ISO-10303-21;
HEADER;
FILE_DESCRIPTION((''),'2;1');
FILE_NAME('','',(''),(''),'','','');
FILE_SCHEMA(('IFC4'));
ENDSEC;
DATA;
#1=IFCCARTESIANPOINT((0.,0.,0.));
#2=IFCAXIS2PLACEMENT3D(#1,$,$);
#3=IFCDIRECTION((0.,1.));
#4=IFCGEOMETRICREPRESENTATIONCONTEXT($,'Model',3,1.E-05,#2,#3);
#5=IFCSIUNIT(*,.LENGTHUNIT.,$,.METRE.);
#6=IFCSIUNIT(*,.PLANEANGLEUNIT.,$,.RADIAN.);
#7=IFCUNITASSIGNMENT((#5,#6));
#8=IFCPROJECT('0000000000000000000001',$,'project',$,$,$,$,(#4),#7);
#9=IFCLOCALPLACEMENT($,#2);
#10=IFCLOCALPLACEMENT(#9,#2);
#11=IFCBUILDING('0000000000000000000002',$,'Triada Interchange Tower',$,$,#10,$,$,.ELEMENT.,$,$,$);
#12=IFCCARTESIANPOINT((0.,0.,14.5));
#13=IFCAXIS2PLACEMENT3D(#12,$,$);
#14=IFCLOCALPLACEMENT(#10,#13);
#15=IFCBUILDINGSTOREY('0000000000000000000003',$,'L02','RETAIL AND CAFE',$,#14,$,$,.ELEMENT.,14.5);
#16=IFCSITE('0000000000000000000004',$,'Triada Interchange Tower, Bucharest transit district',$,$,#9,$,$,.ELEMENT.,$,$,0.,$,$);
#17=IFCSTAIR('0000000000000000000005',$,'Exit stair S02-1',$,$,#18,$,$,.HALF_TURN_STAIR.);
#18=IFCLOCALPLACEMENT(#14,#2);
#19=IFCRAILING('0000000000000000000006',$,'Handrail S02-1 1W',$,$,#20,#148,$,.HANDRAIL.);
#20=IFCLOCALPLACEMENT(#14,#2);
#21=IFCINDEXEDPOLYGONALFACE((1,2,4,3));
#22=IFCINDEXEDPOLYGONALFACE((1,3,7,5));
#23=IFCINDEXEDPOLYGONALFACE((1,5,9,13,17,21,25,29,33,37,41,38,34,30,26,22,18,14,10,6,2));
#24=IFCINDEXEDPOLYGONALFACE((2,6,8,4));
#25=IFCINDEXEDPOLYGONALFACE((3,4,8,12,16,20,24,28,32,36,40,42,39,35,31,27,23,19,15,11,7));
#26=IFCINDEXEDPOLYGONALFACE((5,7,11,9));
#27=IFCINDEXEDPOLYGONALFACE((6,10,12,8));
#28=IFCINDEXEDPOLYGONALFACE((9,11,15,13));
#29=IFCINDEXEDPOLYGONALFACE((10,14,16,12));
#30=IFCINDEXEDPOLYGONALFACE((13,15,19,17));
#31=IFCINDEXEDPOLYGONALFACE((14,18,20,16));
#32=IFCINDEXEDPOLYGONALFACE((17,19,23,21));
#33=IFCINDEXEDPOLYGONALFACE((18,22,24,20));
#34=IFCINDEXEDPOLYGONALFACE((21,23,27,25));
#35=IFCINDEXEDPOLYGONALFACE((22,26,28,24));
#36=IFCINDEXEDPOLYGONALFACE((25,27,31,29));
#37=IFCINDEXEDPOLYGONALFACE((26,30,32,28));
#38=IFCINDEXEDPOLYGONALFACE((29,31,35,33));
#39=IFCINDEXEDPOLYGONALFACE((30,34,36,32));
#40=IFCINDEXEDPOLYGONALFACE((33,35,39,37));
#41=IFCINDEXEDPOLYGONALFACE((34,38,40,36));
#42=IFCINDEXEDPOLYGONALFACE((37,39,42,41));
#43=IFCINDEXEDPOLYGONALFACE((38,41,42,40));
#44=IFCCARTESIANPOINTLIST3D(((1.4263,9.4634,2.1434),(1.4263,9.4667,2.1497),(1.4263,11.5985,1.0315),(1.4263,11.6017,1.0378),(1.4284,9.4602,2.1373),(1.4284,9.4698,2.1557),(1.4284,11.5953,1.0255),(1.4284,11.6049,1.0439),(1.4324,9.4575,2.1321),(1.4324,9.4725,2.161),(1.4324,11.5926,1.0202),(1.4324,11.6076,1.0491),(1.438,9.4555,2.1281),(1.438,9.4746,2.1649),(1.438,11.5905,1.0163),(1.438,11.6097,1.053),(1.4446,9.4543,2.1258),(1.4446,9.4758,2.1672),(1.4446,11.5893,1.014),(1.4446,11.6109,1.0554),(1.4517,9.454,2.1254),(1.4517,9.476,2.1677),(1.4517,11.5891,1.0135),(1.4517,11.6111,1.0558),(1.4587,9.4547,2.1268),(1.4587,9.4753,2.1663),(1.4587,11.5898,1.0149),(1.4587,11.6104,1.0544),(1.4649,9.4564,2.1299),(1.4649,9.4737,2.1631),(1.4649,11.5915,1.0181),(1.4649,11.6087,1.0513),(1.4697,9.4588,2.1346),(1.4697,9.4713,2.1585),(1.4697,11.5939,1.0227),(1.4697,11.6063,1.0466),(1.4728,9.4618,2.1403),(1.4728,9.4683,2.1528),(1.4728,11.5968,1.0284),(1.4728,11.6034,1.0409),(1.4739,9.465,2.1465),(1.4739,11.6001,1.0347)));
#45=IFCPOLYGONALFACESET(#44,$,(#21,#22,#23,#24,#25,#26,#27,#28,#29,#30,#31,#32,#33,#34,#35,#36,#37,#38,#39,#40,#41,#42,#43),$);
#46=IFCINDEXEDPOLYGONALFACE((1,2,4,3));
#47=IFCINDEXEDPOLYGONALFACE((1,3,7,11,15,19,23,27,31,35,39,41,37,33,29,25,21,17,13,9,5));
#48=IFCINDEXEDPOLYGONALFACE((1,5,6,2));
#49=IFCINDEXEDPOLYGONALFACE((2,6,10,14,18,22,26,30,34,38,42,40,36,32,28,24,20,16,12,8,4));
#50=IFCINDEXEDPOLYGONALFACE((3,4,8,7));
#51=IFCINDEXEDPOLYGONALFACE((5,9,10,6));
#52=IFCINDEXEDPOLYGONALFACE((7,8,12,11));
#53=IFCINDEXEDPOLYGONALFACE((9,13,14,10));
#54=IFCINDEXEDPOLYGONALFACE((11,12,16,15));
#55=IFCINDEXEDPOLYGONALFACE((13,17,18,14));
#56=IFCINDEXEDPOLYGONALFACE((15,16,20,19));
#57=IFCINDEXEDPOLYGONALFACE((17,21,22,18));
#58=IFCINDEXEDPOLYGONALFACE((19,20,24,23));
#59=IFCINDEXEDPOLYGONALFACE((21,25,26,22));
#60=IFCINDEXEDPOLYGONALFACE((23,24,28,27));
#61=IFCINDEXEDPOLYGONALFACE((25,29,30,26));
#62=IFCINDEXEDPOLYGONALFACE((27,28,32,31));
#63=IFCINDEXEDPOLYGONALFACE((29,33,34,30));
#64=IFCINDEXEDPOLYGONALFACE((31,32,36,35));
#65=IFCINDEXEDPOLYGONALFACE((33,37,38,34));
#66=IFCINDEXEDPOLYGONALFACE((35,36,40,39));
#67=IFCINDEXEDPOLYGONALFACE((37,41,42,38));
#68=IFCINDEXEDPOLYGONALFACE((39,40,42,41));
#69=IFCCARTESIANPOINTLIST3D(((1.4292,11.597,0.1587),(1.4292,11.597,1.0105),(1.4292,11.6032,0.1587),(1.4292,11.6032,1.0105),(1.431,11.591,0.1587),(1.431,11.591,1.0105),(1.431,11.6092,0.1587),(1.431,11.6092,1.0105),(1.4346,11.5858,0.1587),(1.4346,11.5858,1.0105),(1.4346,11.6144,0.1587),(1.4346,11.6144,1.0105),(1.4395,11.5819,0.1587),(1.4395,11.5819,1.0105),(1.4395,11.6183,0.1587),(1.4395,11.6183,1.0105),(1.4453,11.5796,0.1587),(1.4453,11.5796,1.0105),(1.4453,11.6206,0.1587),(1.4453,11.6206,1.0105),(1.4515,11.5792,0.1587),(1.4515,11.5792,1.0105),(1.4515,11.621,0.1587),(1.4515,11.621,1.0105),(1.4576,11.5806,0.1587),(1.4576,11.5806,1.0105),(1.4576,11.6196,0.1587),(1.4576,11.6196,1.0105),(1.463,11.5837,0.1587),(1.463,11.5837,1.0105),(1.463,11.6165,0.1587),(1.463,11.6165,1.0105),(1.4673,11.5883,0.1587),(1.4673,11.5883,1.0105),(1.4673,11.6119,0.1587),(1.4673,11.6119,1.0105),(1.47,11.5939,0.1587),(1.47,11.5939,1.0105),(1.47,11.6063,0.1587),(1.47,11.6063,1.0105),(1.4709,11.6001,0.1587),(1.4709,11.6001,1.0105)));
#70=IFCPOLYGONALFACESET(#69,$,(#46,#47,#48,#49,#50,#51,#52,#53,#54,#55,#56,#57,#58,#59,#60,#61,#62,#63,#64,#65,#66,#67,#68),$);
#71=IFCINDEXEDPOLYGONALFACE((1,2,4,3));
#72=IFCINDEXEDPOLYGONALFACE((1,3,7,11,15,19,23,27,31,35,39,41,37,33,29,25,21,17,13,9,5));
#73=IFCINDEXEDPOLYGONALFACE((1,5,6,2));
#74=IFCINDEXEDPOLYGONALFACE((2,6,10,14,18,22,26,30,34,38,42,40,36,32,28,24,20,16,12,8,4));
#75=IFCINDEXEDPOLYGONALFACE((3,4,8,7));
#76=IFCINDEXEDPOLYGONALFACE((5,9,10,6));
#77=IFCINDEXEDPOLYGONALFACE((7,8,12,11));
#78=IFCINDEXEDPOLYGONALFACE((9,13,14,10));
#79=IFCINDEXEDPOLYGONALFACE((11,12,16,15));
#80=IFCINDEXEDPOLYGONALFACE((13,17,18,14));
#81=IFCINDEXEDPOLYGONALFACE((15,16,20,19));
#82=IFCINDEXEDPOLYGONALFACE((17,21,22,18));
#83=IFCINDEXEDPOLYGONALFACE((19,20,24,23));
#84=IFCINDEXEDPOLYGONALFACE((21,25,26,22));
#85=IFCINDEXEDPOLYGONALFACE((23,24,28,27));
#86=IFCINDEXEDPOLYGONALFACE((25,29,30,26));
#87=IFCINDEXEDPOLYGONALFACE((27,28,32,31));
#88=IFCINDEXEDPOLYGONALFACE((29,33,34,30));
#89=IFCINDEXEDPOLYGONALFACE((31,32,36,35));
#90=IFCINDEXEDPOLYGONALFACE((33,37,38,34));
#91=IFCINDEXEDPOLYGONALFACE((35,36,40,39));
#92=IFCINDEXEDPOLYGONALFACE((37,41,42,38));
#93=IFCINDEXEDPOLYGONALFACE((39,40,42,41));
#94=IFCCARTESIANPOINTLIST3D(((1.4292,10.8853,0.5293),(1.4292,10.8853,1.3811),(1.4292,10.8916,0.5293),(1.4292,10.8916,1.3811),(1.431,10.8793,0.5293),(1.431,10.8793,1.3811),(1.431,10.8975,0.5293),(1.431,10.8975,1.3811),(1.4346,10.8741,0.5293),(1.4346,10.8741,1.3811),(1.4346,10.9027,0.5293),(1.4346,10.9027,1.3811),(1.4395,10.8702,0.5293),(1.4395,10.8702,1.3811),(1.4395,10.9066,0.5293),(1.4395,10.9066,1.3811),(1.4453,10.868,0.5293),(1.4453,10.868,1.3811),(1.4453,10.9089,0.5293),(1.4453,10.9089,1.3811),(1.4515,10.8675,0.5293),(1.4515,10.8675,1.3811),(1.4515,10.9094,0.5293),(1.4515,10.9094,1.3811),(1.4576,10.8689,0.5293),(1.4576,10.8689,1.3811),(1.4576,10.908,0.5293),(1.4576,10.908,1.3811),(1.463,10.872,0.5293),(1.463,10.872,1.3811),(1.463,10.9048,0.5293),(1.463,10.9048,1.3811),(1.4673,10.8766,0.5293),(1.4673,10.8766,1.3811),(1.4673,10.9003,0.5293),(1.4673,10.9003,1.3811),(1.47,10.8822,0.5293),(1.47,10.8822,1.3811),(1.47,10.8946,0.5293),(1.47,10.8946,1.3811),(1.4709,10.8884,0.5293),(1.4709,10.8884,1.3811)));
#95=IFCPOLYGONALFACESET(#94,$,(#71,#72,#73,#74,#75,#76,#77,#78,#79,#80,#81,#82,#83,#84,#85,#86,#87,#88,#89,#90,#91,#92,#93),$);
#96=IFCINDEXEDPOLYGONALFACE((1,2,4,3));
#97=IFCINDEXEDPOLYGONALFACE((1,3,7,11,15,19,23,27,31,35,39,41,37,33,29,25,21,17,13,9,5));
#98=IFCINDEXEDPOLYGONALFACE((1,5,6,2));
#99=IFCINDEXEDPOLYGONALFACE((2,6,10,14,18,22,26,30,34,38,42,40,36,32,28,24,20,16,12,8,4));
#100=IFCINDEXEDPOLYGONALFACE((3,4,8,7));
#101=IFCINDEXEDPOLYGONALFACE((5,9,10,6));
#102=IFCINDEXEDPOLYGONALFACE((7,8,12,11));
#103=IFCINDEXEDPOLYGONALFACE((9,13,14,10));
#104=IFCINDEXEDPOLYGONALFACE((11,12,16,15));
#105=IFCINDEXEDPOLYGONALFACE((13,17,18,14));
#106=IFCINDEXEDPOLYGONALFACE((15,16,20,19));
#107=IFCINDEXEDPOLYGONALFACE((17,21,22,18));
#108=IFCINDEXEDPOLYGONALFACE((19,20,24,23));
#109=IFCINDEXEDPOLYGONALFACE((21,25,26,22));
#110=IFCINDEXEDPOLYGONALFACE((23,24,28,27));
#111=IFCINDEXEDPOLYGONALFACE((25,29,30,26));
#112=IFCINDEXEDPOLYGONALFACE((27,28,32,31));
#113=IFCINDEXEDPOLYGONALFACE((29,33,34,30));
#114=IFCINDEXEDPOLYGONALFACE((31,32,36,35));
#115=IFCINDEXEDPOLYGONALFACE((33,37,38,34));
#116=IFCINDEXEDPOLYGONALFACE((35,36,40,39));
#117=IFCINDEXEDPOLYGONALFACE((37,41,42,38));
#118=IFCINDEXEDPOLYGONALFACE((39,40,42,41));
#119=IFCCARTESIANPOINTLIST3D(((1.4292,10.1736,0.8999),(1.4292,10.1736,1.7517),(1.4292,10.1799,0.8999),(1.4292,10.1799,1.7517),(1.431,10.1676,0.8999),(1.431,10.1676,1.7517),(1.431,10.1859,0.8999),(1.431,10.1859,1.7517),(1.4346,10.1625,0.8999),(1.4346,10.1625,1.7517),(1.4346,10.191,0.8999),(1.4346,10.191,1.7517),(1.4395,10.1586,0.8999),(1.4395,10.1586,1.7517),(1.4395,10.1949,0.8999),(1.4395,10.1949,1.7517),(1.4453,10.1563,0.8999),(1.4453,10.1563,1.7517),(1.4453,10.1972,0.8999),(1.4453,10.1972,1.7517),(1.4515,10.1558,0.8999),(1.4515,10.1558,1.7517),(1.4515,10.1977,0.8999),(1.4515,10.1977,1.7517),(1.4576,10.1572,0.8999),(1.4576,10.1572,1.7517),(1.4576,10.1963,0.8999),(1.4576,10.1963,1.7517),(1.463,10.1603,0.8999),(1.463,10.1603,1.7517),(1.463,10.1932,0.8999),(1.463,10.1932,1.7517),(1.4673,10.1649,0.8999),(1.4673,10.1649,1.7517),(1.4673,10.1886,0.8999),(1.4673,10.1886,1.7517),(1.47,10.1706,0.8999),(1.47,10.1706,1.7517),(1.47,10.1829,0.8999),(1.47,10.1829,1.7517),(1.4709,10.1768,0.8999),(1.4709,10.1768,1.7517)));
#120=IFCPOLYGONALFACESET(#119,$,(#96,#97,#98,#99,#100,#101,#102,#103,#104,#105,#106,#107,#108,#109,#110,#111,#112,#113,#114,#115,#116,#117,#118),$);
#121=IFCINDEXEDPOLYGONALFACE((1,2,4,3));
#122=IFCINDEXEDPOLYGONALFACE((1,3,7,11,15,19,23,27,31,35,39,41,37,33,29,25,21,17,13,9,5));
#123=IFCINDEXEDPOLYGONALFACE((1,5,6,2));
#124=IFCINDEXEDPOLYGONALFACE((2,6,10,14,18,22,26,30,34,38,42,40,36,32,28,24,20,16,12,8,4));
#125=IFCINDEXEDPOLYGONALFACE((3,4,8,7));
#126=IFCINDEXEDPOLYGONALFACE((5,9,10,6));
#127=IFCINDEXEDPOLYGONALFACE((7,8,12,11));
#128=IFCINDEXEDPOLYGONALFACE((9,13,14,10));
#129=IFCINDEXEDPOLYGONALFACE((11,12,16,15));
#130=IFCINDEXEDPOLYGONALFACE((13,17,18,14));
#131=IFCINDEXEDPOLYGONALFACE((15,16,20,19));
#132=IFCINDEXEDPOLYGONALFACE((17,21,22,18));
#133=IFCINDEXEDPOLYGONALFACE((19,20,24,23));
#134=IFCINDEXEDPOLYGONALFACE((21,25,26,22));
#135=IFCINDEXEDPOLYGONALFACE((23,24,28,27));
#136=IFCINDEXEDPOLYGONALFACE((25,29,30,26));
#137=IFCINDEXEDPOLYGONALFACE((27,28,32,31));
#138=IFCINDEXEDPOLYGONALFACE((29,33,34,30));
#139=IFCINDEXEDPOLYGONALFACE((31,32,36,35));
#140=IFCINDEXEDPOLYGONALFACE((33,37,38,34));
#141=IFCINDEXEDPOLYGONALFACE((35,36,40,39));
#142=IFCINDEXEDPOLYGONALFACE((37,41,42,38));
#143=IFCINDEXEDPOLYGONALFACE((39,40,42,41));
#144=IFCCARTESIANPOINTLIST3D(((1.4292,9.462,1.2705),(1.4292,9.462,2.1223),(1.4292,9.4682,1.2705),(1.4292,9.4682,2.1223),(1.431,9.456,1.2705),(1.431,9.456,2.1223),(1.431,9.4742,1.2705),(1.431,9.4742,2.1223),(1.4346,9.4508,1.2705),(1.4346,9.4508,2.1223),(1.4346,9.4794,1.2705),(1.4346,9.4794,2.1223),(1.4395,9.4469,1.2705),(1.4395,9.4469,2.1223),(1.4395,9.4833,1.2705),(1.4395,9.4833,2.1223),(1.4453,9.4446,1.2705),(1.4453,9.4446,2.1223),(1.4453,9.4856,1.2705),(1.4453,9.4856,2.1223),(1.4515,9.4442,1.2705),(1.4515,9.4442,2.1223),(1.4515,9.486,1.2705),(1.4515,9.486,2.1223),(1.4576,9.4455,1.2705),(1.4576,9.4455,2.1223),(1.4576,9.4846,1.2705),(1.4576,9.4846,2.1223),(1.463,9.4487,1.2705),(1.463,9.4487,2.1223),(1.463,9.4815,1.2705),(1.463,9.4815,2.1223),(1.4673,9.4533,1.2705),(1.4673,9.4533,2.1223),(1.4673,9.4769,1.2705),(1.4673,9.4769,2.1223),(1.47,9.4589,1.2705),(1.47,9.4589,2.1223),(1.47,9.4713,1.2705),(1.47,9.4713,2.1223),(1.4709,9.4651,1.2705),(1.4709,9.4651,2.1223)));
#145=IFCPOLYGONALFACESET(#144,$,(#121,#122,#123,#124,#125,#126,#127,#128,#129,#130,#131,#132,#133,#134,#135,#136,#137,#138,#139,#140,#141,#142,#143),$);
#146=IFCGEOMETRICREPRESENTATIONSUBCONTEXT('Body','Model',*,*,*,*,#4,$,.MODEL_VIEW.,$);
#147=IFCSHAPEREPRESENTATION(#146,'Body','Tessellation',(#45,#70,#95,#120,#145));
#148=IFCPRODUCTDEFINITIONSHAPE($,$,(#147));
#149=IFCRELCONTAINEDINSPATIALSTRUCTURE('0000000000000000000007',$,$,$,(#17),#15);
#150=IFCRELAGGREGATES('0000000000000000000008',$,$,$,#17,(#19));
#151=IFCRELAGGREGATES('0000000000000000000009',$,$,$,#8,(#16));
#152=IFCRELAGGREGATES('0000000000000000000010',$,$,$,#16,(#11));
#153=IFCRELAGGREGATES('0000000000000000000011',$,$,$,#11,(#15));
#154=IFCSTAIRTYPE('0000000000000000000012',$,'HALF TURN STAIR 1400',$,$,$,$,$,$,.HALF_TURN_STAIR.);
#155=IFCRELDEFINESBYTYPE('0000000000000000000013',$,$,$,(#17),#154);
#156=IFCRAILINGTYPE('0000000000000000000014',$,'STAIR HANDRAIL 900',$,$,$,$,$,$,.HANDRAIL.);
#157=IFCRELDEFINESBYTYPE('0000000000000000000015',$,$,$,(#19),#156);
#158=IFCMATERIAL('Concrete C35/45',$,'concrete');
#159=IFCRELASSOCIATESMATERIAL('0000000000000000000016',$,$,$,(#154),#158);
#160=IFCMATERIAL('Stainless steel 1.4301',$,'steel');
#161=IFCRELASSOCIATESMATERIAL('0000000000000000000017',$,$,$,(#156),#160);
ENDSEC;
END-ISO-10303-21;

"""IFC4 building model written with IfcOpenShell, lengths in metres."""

from ifc_helpers import new_model, si_unit, direction, frame, origin, origin_2d, place, context, subcontext, project, spatial, circle, extrude, material, type_object, element, aggregate, save


model = new_model("IFC4")

# Units and contexts
model_context = context("Model", 3, precision=1e-05, world=origin(), true_north=direction((0.0, 1.0)))
body_context = subcontext(model_context, "Body", "Model", "MODEL_VIEW")
ifc_project = project(units=[si_unit("LENGTHUNIT", "METRE"), si_unit("PLANEANGLEUNIT", "RADIAN")], contexts=[model_context])

# Site, building, storey
site_placement = place(None, origin())
site = spatial("IfcSite", under=ifc_project, at=site_placement, Name="Triada Interchange Tower, Bucharest transit district", CompositionType="ELEMENT", RefElevation=0.0)
building_placement = place(site_placement, origin())
building = spatial("IfcBuilding", under=site, at=building_placement, Name="Triada Interchange Tower", CompositionType="ELEMENT")
storey_placement = place(building_placement, frame((0.0, 0.0, 14.5)))
storey = spatial("IfcBuildingStorey", under=building, at=storey_placement, Name="L02", Description="RETAIL AND CAFE", CompositionType="ELEMENT", Elevation=14.5)

# Shared definitions
ifc_material_1 = material(Name="Concrete C35/45", Category="concrete")

# Stair, railing
stair_type = type_object("IfcStairType", Name="HALF TURN STAIR 1400", PredefinedType="HALF_TURN_STAIR", material=ifc_material_1)
stair_placement = place(storey_placement, origin())
stair = element("IfcStair", 1, at=stair_placement, inside=storey, type_object=stair_type, Name="Exit stair S02-1", PredefinedType="HALF_TURN_STAIR")
ifc_material_2 = material(Name="Stainless steel 1.4301", Category="steel")
railing_type_1 = type_object("IfcRailingType", Name="STAIR HANDRAIL 900", PredefinedType="HANDRAIL", material=ifc_material_2)
railing_1_placement = place(storey_placement, frame((1.45, 11.6001, 0.1587)))
railing_1 = element("IfcRailing", 2, at=railing_1_placement, type_object=railing_type_1, Name="Handrail S02-1 1W", PredefinedType="HANDRAIL", context=body_context, shape_type="SweptSolid", body=[
    extrude(circle(Radius=0.0239, at=origin_2d()), frame((0.0, 0.0, 0.876), z_axis=(0.0, -0.886943, 0.46188), x_axis=(1.0, 0.0, 0.0)), (0.0, 0.0, 1.0), 2.4072),
    extrude(circle(Radius=0.021, at=origin_2d()), origin(), (0.0, 0.0, 1.0), 0.8518),
    extrude(circle(Radius=0.021, at=origin_2d()), frame((0.0, -0.7117, 0.3706)), (0.0, 0.0, 1.0), 0.8518),
    extrude(circle(Radius=0.021, at=origin_2d()), frame((0.0, -1.4233, 0.7412)), (0.0, 0.0, 1.0), 0.8518),
    extrude(circle(Radius=0.021, at=origin_2d()), frame((0.0, -2.135, 1.1118)), (0.0, 0.0, 1.0), 0.8518),
])
aggregate(stair, [railing_1])

save(model, "model.ifc")
